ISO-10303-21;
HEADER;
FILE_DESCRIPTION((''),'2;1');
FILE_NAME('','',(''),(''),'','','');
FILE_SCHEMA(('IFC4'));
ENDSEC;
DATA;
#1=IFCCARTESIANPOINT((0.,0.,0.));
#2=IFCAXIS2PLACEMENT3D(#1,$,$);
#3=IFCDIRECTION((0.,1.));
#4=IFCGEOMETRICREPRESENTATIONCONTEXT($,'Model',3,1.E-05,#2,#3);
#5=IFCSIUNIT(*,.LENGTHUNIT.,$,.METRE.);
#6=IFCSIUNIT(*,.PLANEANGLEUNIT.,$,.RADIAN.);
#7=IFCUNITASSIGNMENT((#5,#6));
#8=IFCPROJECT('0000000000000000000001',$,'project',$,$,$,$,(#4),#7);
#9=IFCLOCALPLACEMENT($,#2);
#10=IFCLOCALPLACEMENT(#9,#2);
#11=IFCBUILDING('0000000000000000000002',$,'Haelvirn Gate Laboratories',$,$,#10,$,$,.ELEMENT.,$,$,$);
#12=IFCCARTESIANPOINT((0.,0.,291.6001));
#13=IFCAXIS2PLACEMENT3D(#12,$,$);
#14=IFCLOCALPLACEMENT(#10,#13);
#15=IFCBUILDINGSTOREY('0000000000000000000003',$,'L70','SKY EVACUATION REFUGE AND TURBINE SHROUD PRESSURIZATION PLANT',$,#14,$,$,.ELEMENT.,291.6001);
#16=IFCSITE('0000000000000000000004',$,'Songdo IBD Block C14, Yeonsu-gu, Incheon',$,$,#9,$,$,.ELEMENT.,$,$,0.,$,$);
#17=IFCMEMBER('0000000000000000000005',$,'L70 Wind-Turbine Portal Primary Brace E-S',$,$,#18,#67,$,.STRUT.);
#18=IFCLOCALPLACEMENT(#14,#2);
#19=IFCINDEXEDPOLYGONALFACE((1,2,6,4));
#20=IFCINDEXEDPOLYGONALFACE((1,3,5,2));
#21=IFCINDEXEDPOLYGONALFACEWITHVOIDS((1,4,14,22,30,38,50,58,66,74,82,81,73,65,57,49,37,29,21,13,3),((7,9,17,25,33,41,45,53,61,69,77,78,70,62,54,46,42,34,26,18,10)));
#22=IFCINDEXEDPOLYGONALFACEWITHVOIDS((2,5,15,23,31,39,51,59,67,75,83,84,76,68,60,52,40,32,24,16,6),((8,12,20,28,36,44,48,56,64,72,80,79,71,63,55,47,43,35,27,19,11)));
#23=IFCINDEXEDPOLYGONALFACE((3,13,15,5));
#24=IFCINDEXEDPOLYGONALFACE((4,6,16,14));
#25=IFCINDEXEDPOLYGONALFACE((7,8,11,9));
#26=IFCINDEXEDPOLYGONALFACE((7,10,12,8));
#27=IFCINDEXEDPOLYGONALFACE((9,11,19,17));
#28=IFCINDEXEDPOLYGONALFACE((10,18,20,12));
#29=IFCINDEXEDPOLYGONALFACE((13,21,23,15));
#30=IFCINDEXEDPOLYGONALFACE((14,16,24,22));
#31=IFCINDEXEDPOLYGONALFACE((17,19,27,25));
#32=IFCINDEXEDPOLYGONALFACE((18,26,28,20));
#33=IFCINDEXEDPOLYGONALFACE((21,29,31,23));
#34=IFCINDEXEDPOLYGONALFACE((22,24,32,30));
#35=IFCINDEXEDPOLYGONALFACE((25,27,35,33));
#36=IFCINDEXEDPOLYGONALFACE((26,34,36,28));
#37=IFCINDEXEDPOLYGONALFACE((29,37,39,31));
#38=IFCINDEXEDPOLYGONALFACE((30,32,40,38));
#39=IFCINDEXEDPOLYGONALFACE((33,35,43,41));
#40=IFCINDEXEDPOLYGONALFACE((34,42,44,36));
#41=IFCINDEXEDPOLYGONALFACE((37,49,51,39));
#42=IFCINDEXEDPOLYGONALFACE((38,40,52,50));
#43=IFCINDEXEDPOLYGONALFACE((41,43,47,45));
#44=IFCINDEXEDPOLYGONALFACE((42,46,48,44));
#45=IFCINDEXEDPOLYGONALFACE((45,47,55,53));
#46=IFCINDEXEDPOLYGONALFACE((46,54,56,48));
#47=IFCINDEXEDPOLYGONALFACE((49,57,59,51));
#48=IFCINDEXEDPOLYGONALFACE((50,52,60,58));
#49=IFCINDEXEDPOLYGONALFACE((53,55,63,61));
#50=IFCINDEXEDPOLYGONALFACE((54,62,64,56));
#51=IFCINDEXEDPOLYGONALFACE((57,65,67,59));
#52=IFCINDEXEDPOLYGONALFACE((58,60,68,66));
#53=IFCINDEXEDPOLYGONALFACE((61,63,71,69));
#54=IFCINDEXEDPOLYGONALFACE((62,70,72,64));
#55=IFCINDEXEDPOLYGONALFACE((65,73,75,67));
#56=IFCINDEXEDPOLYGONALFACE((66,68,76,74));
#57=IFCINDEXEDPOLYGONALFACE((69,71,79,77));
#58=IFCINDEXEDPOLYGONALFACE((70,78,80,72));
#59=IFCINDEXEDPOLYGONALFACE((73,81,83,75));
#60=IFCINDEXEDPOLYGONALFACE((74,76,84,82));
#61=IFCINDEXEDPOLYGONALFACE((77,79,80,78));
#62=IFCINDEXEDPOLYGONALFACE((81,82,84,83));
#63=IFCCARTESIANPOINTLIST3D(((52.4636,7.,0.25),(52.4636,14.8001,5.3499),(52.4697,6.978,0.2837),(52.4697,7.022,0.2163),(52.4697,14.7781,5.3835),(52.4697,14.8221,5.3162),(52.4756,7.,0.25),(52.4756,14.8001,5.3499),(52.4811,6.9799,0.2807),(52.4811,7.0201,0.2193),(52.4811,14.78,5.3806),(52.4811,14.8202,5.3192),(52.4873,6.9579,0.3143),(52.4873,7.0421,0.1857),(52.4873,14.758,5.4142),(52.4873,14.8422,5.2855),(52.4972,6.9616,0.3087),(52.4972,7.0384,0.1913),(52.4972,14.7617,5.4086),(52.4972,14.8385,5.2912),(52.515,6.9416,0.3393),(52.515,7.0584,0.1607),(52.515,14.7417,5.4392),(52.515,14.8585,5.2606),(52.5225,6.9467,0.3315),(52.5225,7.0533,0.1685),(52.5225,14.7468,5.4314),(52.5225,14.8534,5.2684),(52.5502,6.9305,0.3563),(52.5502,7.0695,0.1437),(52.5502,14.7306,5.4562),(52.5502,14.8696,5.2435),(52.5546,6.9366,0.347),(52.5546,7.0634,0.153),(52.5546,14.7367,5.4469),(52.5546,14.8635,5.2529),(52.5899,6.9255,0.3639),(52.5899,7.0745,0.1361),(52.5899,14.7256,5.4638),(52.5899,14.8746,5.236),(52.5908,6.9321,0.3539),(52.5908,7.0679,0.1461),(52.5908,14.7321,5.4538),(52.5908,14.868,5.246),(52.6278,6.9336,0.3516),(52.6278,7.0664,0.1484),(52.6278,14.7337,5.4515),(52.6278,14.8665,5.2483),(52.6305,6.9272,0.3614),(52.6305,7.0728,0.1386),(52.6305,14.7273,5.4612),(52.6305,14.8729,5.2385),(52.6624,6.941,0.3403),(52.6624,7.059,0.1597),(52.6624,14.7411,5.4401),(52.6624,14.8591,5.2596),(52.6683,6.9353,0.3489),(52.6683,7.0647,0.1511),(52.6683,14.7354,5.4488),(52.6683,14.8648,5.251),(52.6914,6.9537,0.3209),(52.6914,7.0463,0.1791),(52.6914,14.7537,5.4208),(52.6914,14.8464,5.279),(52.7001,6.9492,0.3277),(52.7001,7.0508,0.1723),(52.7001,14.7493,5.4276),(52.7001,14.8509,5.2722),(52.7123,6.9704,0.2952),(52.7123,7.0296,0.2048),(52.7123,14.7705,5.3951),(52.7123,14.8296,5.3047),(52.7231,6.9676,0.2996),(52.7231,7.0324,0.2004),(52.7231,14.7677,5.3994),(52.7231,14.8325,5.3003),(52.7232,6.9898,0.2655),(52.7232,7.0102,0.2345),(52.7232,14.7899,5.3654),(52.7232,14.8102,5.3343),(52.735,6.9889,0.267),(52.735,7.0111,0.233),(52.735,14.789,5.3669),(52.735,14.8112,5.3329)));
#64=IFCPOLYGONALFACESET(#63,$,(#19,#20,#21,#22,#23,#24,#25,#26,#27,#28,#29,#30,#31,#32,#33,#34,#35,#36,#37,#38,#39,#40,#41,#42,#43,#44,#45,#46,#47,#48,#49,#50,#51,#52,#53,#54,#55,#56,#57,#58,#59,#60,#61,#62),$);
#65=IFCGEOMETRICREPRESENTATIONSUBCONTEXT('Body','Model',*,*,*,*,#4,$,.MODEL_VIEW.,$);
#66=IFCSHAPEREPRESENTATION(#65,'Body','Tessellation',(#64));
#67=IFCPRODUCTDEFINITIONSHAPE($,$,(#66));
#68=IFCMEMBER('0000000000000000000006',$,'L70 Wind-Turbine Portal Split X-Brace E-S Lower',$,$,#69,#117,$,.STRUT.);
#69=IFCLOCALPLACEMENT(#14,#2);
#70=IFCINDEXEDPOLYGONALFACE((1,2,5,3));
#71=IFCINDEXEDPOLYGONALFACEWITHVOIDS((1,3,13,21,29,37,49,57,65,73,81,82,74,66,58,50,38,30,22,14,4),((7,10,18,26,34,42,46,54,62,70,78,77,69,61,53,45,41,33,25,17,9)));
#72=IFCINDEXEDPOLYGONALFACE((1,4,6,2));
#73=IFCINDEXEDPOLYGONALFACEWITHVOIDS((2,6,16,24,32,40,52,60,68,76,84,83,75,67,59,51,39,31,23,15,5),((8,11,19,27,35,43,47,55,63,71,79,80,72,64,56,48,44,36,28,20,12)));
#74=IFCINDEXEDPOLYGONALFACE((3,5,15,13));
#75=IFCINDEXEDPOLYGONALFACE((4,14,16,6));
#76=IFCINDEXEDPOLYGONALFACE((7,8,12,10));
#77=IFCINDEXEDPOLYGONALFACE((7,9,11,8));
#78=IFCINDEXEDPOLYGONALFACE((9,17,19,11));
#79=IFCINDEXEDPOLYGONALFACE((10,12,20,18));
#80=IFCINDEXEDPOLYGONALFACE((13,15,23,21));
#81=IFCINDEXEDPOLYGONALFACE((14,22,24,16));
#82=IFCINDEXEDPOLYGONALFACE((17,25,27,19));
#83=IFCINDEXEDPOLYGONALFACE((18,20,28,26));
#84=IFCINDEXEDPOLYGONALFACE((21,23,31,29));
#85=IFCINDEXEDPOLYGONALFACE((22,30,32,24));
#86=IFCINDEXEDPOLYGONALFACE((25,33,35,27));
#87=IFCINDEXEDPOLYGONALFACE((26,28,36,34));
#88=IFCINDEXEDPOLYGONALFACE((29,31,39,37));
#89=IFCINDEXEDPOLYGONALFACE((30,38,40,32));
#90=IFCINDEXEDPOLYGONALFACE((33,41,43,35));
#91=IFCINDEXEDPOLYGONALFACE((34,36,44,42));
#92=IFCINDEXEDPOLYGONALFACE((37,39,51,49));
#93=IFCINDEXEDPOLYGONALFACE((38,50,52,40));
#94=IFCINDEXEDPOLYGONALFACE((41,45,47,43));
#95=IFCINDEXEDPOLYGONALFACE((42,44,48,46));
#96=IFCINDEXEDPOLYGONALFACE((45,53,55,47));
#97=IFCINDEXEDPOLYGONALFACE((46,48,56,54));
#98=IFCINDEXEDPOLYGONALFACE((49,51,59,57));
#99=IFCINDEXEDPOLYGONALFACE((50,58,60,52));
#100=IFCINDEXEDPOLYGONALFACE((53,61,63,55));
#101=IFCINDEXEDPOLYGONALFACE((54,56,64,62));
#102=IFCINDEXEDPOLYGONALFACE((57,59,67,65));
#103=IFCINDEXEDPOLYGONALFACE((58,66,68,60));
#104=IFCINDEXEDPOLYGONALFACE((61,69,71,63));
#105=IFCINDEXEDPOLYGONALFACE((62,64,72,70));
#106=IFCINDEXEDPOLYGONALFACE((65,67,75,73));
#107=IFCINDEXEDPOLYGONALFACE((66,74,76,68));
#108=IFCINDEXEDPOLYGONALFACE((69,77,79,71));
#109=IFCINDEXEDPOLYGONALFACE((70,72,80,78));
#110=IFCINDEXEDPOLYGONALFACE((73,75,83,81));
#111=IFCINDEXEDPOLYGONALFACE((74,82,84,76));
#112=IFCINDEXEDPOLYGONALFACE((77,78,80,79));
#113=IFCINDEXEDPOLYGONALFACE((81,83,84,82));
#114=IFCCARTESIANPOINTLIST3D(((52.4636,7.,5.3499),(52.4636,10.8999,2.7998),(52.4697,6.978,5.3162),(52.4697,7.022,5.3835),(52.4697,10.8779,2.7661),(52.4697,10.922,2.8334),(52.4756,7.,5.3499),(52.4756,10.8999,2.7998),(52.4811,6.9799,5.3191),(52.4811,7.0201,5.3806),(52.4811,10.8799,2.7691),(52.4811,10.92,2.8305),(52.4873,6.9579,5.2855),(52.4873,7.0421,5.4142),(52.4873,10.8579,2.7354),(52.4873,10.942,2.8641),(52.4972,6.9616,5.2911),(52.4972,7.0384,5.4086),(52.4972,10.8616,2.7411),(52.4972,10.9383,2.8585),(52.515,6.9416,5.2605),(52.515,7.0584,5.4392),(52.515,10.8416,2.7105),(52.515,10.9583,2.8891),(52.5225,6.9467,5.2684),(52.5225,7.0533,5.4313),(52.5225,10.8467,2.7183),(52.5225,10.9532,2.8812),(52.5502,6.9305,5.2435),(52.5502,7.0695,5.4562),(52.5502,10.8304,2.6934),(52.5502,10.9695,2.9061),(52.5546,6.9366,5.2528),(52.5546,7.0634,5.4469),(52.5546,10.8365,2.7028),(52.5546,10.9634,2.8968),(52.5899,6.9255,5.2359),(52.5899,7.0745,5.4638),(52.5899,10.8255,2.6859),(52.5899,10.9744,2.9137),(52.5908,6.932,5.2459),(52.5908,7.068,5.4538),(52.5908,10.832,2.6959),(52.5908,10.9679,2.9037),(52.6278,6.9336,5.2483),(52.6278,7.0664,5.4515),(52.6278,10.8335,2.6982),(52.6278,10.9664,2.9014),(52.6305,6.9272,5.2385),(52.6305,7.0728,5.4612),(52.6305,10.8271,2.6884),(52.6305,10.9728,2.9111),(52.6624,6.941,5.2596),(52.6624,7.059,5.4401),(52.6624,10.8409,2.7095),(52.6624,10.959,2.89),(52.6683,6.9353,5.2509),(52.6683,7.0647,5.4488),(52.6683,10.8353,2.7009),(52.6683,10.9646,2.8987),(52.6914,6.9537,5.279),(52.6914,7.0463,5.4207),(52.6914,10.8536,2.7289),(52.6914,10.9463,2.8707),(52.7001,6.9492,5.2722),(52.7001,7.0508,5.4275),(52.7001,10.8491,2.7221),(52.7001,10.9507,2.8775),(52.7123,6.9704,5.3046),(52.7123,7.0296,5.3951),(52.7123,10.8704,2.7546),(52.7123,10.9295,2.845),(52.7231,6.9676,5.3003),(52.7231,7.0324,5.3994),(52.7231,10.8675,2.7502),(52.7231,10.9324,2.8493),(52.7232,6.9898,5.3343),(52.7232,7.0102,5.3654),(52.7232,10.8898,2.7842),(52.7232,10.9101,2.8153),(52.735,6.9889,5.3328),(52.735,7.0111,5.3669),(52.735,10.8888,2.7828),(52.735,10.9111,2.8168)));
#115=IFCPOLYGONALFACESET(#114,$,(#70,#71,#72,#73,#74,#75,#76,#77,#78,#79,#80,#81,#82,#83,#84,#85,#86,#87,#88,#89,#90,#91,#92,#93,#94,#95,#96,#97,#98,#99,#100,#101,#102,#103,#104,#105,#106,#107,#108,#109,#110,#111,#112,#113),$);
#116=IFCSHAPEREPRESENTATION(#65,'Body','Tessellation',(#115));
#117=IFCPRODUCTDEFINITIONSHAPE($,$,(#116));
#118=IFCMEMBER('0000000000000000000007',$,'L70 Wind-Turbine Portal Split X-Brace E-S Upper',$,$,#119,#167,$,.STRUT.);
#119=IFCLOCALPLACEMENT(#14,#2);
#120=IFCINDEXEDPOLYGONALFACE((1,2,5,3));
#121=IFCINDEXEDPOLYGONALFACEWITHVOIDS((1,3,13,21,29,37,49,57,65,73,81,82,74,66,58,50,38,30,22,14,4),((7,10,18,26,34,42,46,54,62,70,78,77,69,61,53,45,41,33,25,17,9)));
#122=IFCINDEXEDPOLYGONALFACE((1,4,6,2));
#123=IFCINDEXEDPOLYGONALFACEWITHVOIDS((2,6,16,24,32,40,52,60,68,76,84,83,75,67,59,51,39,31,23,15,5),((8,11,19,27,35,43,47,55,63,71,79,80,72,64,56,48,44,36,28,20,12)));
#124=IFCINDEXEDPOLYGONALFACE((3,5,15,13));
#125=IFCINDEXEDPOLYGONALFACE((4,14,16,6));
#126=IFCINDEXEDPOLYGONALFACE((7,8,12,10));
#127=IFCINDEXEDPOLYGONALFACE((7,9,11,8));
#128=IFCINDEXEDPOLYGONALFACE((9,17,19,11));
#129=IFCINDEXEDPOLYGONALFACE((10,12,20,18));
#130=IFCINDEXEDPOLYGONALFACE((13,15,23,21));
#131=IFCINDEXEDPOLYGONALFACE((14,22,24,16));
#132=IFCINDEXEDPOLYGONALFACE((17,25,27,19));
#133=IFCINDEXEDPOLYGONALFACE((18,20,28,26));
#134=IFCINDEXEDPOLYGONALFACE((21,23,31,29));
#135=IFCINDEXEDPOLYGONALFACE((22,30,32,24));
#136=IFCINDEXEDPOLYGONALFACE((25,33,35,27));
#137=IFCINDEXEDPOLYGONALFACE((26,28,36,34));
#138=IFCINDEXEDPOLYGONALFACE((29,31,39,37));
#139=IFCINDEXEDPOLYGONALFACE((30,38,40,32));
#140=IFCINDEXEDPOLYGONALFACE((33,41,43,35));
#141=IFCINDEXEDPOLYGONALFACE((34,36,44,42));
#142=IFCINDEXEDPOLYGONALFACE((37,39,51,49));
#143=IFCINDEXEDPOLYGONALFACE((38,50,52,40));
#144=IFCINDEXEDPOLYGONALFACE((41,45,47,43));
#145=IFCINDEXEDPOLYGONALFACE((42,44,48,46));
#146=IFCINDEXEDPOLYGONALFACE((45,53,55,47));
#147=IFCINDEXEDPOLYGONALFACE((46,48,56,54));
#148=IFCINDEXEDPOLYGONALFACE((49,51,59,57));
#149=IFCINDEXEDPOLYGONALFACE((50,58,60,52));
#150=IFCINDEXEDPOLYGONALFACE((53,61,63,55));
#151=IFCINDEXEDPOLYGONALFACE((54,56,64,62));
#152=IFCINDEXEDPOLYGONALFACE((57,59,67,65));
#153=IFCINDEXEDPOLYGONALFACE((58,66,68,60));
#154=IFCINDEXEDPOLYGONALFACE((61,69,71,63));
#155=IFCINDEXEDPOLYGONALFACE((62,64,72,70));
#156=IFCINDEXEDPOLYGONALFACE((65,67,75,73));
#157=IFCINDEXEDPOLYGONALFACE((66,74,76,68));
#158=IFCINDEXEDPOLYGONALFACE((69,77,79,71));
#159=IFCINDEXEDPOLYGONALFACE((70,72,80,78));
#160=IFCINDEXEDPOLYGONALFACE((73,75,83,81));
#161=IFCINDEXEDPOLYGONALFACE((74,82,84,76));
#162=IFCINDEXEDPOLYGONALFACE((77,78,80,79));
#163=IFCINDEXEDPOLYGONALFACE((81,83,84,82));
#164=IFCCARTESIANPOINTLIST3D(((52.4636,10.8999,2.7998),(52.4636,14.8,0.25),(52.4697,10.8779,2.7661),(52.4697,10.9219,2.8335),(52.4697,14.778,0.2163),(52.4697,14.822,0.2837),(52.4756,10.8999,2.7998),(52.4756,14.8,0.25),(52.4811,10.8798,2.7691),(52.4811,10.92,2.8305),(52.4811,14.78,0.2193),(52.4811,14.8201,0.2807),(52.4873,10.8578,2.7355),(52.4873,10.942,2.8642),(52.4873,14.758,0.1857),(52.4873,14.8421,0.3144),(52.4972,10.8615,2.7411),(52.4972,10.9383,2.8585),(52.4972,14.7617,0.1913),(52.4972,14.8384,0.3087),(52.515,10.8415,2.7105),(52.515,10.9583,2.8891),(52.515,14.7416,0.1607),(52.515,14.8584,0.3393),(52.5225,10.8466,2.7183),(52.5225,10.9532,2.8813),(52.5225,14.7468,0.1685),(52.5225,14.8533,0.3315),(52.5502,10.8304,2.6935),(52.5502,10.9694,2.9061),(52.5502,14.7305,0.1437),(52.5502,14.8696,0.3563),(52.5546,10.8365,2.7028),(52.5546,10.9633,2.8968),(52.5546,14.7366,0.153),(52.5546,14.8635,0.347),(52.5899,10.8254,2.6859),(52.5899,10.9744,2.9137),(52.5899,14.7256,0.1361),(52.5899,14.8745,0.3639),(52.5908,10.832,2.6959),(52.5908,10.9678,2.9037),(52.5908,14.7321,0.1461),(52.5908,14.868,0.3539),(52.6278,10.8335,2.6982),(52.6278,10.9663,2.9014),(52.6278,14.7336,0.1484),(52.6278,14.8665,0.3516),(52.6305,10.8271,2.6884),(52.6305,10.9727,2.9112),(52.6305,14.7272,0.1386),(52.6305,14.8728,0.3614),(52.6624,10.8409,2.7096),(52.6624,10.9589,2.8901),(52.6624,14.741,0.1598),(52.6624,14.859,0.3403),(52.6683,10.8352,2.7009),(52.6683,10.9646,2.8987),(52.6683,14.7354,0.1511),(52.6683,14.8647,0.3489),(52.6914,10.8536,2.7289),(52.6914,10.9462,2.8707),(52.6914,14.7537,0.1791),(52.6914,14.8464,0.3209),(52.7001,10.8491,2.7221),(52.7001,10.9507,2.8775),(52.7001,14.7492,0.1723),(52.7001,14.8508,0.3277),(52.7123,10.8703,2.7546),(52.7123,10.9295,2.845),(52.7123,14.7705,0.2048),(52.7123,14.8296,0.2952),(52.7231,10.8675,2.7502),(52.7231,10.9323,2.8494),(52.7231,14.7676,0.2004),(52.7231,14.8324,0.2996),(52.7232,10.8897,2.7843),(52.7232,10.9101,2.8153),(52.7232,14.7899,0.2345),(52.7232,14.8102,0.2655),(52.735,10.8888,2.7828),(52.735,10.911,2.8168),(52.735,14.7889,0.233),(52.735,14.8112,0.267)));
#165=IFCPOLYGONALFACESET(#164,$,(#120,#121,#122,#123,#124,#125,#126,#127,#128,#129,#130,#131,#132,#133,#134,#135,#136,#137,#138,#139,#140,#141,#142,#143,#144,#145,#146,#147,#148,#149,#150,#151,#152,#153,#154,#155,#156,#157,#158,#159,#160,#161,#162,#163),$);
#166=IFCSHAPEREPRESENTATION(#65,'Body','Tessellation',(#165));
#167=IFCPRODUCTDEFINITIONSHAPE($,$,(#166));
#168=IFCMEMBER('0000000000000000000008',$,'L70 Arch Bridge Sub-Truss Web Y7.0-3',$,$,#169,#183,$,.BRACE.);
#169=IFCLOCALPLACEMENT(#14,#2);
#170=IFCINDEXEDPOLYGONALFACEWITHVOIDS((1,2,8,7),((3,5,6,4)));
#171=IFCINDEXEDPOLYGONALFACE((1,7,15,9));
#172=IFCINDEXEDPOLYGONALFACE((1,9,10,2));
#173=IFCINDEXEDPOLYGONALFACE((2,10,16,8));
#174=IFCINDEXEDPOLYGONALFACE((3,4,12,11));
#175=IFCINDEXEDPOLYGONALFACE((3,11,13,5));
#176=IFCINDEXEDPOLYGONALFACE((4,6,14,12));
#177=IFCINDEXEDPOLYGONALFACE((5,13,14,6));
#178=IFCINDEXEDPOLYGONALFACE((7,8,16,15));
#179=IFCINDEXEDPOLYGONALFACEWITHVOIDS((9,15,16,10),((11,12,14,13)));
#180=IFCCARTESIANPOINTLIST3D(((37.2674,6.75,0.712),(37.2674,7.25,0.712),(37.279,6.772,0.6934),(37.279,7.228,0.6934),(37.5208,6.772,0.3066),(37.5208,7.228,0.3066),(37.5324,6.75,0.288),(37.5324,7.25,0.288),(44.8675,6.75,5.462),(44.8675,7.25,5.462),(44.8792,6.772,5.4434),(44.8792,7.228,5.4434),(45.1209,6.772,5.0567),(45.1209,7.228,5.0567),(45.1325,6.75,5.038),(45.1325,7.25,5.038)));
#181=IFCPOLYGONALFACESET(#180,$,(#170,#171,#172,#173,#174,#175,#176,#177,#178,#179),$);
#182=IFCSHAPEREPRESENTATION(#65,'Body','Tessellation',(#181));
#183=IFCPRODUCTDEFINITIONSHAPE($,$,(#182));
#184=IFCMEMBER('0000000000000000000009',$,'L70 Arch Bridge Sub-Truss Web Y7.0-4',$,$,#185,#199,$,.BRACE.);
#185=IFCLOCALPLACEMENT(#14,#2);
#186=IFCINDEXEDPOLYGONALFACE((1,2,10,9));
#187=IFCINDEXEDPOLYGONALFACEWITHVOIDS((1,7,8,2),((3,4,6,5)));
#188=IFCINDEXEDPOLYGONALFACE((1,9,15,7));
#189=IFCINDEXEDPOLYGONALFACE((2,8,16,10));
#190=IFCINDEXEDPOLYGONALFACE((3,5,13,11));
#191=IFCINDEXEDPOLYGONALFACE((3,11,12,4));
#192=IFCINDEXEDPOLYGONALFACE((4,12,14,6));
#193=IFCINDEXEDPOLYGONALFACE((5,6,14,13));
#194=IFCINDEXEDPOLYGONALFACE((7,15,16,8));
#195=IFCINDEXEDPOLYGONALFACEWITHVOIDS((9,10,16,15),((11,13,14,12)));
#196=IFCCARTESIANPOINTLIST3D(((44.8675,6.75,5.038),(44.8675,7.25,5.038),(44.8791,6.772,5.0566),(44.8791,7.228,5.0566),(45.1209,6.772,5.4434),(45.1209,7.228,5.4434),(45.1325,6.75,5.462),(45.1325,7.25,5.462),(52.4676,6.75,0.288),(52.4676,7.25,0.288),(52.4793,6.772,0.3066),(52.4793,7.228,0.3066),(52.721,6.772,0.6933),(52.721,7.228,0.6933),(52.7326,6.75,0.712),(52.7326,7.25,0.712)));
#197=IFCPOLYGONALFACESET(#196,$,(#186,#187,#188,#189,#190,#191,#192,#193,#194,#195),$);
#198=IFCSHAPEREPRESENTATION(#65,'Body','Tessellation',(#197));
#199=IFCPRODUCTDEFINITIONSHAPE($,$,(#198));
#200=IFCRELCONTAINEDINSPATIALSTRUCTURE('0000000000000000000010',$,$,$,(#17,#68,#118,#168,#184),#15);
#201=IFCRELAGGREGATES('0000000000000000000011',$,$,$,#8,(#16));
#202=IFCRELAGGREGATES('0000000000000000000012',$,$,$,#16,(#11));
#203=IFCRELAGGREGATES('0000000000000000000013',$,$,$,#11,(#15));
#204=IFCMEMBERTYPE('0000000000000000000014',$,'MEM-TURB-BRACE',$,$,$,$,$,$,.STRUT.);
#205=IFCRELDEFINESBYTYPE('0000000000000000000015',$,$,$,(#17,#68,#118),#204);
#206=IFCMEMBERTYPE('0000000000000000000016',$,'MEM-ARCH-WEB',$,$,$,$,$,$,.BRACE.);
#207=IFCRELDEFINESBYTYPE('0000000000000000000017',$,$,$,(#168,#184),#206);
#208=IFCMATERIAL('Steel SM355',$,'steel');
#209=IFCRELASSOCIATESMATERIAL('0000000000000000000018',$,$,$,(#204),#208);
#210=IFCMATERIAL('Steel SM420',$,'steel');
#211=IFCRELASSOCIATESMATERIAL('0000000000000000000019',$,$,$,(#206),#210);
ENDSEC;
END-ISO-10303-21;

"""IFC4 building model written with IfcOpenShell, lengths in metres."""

from ifc_helpers import new_model, si_unit, direction, frame, origin, origin_2d, place, context, subcontext, project, spatial, hollow_rectangle, hollow_circle, extrude, source, transform, mapped, material, material_profile, profile_set, type_object, type_shapes, element, save


model = new_model("IFC4")

# Units and contexts
model_context = context("Model", 3, precision=1e-05, world=origin(), true_north=direction((0.0, 1.0)))
body_context = subcontext(model_context, "Body", "Model", "MODEL_VIEW")
ifc_project = project(units=[si_unit("LENGTHUNIT", "METRE"), si_unit("PLANEANGLEUNIT", "RADIAN")], contexts=[model_context])

# Site, building, storey
site_placement = place(None, origin())
site = spatial("IfcSite", under=ifc_project, at=site_placement, Name="Songdo IBD Block C14, Yeonsu-gu, Incheon", CompositionType="ELEMENT", RefElevation=0.0)
building_placement = place(site_placement, origin())
building = spatial("IfcBuilding", under=site, at=building_placement, Name="Haelvirn Gate Laboratories", CompositionType="ELEMENT")
storey_placement = place(building_placement, frame((0.0, 0.0, 291.6001)))
storey = spatial("IfcBuildingStorey", under=building, at=storey_placement, Name="L70", Description="SKY EVACUATION REFUGE AND TURBINE SHROUD PRESSURIZATION PLANT", CompositionType="ELEMENT", Elevation=291.6001)

# Shared definitions
ifc_material_1 = material(Name="Steel SM420", Category="steel")
ifc_material_2 = material(Name="Steel SM355", Category="steel")

# Members
ifc_material_profile_1 = material_profile(ifc_material_2, hollow_circle(Radius=0.1365, WallThickness=0.012, at=origin_2d()), Name="CHS-273x12")
ifc_profile_set_1 = profile_set([ifc_material_profile_1], Name="Steel SM355")
member_type_1 = type_object("IfcMemberType", Name="MEM-TURB-BRACE", PredefinedType="STRUT", material=ifc_profile_set_1)
shared_shape_1 = source(origin(), body_context, "Body", "SweptSolid", [
    extrude(hollow_circle(Radius=0.1365, WallThickness=0.012, at=origin_2d()), origin(), (0.0, 0.0, 1.0), 9.3193),
])
member_1_placement = place(storey_placement, frame((52.6001, 7.0, 0.25), z_axis=(0.0, 0.836978, 0.547236), x_axis=(-1.0, 0.0, 0.0)))
element("IfcMember", 1, at=member_1_placement, inside=storey, type_object=member_type_1, Name="L70 Wind-Turbine Portal Primary Brace E-S", PredefinedType="STRUT", context=body_context, shape_type="MappedRepresentation", body=[
    mapped(shared_shape_1, transform((0.0, 0.0, 0.0), scale=1.0)),
])
shared_shape_2 = source(origin(), body_context, "Body", "SweptSolid", [
    extrude(hollow_circle(Radius=0.1365, WallThickness=0.012, at=origin_2d()), origin(), (0.0, 0.0, 1.0), 4.6597),
])
type_shapes(member_type_1, [shared_shape_1, shared_shape_2])
for number, where, z_axis, x_axis, name in (
    (2, (52.6001, 7.0, 5.3499), (0.0, 0.836959, -0.547266), (-1.0, 0.0, 0.0), "L70 Wind-Turbine Portal Split X-Brace E-S Lower"),
    (3, (52.6001, 10.8999, 2.7998), (0.0, 0.836998, -0.547206), (-1.0, 0.0, 0.0), "L70 Wind-Turbine Portal Split X-Brace E-S Upper"),
):
    element("IfcMember", number, at=place(storey_placement, frame(where, z_axis=z_axis, x_axis=x_axis)), inside=storey, type_object=member_type_1, Name=name, PredefinedType="STRUT", context=body_context, shape_type="MappedRepresentation", body=[
        mapped(shared_shape_2, transform((0.0, 0.0, 0.0), scale=1.0)),
    ])
ifc_material_profile_2 = material_profile(ifc_material_1, hollow_rectangle(XDim=0.5, YDim=0.5, WallThickness=0.022, at=origin_2d()), Name="BOX-500x500x22")
ifc_profile_set_2 = profile_set([ifc_material_profile_2], Name="Steel SM420")
member_type_2 = type_object("IfcMemberType", Name="MEM-ARCH-WEB", PredefinedType="BRACE", material=ifc_profile_set_2)
shared_shape_3 = source(origin(), body_context, "Body", "SweptSolid", [
    extrude(hollow_rectangle(XDim=0.5, YDim=0.5, WallThickness=0.022, at=origin_2d()), origin(), (0.0, 0.0, 1.0), 8.9624),
])
type_shapes(member_type_2, [shared_shape_3])
for number, where, z_axis, x_axis, name in (
    (4, (37.3999, 7.0, 0.5), (0.848001, 0.0, 0.529994), (0.0, 1.0, 0.0), "L70 Arch Bridge Sub-Truss Web Y7.0-3"),
    (5, (45.0, 7.0, 5.25), (0.848001, 0.0, -0.529994), (0.0, 1.0, 0.0), "L70 Arch Bridge Sub-Truss Web Y7.0-4"),
):
    element("IfcMember", number, at=place(storey_placement, frame(where, z_axis=z_axis, x_axis=x_axis)), inside=storey, type_object=member_type_2, Name=name, PredefinedType="BRACE", context=body_context, shape_type="MappedRepresentation", body=[
        mapped(shared_shape_3, transform((0.0, 0.0, 0.0), scale=1.0)),
    ])

save(model, "model.ifc")
